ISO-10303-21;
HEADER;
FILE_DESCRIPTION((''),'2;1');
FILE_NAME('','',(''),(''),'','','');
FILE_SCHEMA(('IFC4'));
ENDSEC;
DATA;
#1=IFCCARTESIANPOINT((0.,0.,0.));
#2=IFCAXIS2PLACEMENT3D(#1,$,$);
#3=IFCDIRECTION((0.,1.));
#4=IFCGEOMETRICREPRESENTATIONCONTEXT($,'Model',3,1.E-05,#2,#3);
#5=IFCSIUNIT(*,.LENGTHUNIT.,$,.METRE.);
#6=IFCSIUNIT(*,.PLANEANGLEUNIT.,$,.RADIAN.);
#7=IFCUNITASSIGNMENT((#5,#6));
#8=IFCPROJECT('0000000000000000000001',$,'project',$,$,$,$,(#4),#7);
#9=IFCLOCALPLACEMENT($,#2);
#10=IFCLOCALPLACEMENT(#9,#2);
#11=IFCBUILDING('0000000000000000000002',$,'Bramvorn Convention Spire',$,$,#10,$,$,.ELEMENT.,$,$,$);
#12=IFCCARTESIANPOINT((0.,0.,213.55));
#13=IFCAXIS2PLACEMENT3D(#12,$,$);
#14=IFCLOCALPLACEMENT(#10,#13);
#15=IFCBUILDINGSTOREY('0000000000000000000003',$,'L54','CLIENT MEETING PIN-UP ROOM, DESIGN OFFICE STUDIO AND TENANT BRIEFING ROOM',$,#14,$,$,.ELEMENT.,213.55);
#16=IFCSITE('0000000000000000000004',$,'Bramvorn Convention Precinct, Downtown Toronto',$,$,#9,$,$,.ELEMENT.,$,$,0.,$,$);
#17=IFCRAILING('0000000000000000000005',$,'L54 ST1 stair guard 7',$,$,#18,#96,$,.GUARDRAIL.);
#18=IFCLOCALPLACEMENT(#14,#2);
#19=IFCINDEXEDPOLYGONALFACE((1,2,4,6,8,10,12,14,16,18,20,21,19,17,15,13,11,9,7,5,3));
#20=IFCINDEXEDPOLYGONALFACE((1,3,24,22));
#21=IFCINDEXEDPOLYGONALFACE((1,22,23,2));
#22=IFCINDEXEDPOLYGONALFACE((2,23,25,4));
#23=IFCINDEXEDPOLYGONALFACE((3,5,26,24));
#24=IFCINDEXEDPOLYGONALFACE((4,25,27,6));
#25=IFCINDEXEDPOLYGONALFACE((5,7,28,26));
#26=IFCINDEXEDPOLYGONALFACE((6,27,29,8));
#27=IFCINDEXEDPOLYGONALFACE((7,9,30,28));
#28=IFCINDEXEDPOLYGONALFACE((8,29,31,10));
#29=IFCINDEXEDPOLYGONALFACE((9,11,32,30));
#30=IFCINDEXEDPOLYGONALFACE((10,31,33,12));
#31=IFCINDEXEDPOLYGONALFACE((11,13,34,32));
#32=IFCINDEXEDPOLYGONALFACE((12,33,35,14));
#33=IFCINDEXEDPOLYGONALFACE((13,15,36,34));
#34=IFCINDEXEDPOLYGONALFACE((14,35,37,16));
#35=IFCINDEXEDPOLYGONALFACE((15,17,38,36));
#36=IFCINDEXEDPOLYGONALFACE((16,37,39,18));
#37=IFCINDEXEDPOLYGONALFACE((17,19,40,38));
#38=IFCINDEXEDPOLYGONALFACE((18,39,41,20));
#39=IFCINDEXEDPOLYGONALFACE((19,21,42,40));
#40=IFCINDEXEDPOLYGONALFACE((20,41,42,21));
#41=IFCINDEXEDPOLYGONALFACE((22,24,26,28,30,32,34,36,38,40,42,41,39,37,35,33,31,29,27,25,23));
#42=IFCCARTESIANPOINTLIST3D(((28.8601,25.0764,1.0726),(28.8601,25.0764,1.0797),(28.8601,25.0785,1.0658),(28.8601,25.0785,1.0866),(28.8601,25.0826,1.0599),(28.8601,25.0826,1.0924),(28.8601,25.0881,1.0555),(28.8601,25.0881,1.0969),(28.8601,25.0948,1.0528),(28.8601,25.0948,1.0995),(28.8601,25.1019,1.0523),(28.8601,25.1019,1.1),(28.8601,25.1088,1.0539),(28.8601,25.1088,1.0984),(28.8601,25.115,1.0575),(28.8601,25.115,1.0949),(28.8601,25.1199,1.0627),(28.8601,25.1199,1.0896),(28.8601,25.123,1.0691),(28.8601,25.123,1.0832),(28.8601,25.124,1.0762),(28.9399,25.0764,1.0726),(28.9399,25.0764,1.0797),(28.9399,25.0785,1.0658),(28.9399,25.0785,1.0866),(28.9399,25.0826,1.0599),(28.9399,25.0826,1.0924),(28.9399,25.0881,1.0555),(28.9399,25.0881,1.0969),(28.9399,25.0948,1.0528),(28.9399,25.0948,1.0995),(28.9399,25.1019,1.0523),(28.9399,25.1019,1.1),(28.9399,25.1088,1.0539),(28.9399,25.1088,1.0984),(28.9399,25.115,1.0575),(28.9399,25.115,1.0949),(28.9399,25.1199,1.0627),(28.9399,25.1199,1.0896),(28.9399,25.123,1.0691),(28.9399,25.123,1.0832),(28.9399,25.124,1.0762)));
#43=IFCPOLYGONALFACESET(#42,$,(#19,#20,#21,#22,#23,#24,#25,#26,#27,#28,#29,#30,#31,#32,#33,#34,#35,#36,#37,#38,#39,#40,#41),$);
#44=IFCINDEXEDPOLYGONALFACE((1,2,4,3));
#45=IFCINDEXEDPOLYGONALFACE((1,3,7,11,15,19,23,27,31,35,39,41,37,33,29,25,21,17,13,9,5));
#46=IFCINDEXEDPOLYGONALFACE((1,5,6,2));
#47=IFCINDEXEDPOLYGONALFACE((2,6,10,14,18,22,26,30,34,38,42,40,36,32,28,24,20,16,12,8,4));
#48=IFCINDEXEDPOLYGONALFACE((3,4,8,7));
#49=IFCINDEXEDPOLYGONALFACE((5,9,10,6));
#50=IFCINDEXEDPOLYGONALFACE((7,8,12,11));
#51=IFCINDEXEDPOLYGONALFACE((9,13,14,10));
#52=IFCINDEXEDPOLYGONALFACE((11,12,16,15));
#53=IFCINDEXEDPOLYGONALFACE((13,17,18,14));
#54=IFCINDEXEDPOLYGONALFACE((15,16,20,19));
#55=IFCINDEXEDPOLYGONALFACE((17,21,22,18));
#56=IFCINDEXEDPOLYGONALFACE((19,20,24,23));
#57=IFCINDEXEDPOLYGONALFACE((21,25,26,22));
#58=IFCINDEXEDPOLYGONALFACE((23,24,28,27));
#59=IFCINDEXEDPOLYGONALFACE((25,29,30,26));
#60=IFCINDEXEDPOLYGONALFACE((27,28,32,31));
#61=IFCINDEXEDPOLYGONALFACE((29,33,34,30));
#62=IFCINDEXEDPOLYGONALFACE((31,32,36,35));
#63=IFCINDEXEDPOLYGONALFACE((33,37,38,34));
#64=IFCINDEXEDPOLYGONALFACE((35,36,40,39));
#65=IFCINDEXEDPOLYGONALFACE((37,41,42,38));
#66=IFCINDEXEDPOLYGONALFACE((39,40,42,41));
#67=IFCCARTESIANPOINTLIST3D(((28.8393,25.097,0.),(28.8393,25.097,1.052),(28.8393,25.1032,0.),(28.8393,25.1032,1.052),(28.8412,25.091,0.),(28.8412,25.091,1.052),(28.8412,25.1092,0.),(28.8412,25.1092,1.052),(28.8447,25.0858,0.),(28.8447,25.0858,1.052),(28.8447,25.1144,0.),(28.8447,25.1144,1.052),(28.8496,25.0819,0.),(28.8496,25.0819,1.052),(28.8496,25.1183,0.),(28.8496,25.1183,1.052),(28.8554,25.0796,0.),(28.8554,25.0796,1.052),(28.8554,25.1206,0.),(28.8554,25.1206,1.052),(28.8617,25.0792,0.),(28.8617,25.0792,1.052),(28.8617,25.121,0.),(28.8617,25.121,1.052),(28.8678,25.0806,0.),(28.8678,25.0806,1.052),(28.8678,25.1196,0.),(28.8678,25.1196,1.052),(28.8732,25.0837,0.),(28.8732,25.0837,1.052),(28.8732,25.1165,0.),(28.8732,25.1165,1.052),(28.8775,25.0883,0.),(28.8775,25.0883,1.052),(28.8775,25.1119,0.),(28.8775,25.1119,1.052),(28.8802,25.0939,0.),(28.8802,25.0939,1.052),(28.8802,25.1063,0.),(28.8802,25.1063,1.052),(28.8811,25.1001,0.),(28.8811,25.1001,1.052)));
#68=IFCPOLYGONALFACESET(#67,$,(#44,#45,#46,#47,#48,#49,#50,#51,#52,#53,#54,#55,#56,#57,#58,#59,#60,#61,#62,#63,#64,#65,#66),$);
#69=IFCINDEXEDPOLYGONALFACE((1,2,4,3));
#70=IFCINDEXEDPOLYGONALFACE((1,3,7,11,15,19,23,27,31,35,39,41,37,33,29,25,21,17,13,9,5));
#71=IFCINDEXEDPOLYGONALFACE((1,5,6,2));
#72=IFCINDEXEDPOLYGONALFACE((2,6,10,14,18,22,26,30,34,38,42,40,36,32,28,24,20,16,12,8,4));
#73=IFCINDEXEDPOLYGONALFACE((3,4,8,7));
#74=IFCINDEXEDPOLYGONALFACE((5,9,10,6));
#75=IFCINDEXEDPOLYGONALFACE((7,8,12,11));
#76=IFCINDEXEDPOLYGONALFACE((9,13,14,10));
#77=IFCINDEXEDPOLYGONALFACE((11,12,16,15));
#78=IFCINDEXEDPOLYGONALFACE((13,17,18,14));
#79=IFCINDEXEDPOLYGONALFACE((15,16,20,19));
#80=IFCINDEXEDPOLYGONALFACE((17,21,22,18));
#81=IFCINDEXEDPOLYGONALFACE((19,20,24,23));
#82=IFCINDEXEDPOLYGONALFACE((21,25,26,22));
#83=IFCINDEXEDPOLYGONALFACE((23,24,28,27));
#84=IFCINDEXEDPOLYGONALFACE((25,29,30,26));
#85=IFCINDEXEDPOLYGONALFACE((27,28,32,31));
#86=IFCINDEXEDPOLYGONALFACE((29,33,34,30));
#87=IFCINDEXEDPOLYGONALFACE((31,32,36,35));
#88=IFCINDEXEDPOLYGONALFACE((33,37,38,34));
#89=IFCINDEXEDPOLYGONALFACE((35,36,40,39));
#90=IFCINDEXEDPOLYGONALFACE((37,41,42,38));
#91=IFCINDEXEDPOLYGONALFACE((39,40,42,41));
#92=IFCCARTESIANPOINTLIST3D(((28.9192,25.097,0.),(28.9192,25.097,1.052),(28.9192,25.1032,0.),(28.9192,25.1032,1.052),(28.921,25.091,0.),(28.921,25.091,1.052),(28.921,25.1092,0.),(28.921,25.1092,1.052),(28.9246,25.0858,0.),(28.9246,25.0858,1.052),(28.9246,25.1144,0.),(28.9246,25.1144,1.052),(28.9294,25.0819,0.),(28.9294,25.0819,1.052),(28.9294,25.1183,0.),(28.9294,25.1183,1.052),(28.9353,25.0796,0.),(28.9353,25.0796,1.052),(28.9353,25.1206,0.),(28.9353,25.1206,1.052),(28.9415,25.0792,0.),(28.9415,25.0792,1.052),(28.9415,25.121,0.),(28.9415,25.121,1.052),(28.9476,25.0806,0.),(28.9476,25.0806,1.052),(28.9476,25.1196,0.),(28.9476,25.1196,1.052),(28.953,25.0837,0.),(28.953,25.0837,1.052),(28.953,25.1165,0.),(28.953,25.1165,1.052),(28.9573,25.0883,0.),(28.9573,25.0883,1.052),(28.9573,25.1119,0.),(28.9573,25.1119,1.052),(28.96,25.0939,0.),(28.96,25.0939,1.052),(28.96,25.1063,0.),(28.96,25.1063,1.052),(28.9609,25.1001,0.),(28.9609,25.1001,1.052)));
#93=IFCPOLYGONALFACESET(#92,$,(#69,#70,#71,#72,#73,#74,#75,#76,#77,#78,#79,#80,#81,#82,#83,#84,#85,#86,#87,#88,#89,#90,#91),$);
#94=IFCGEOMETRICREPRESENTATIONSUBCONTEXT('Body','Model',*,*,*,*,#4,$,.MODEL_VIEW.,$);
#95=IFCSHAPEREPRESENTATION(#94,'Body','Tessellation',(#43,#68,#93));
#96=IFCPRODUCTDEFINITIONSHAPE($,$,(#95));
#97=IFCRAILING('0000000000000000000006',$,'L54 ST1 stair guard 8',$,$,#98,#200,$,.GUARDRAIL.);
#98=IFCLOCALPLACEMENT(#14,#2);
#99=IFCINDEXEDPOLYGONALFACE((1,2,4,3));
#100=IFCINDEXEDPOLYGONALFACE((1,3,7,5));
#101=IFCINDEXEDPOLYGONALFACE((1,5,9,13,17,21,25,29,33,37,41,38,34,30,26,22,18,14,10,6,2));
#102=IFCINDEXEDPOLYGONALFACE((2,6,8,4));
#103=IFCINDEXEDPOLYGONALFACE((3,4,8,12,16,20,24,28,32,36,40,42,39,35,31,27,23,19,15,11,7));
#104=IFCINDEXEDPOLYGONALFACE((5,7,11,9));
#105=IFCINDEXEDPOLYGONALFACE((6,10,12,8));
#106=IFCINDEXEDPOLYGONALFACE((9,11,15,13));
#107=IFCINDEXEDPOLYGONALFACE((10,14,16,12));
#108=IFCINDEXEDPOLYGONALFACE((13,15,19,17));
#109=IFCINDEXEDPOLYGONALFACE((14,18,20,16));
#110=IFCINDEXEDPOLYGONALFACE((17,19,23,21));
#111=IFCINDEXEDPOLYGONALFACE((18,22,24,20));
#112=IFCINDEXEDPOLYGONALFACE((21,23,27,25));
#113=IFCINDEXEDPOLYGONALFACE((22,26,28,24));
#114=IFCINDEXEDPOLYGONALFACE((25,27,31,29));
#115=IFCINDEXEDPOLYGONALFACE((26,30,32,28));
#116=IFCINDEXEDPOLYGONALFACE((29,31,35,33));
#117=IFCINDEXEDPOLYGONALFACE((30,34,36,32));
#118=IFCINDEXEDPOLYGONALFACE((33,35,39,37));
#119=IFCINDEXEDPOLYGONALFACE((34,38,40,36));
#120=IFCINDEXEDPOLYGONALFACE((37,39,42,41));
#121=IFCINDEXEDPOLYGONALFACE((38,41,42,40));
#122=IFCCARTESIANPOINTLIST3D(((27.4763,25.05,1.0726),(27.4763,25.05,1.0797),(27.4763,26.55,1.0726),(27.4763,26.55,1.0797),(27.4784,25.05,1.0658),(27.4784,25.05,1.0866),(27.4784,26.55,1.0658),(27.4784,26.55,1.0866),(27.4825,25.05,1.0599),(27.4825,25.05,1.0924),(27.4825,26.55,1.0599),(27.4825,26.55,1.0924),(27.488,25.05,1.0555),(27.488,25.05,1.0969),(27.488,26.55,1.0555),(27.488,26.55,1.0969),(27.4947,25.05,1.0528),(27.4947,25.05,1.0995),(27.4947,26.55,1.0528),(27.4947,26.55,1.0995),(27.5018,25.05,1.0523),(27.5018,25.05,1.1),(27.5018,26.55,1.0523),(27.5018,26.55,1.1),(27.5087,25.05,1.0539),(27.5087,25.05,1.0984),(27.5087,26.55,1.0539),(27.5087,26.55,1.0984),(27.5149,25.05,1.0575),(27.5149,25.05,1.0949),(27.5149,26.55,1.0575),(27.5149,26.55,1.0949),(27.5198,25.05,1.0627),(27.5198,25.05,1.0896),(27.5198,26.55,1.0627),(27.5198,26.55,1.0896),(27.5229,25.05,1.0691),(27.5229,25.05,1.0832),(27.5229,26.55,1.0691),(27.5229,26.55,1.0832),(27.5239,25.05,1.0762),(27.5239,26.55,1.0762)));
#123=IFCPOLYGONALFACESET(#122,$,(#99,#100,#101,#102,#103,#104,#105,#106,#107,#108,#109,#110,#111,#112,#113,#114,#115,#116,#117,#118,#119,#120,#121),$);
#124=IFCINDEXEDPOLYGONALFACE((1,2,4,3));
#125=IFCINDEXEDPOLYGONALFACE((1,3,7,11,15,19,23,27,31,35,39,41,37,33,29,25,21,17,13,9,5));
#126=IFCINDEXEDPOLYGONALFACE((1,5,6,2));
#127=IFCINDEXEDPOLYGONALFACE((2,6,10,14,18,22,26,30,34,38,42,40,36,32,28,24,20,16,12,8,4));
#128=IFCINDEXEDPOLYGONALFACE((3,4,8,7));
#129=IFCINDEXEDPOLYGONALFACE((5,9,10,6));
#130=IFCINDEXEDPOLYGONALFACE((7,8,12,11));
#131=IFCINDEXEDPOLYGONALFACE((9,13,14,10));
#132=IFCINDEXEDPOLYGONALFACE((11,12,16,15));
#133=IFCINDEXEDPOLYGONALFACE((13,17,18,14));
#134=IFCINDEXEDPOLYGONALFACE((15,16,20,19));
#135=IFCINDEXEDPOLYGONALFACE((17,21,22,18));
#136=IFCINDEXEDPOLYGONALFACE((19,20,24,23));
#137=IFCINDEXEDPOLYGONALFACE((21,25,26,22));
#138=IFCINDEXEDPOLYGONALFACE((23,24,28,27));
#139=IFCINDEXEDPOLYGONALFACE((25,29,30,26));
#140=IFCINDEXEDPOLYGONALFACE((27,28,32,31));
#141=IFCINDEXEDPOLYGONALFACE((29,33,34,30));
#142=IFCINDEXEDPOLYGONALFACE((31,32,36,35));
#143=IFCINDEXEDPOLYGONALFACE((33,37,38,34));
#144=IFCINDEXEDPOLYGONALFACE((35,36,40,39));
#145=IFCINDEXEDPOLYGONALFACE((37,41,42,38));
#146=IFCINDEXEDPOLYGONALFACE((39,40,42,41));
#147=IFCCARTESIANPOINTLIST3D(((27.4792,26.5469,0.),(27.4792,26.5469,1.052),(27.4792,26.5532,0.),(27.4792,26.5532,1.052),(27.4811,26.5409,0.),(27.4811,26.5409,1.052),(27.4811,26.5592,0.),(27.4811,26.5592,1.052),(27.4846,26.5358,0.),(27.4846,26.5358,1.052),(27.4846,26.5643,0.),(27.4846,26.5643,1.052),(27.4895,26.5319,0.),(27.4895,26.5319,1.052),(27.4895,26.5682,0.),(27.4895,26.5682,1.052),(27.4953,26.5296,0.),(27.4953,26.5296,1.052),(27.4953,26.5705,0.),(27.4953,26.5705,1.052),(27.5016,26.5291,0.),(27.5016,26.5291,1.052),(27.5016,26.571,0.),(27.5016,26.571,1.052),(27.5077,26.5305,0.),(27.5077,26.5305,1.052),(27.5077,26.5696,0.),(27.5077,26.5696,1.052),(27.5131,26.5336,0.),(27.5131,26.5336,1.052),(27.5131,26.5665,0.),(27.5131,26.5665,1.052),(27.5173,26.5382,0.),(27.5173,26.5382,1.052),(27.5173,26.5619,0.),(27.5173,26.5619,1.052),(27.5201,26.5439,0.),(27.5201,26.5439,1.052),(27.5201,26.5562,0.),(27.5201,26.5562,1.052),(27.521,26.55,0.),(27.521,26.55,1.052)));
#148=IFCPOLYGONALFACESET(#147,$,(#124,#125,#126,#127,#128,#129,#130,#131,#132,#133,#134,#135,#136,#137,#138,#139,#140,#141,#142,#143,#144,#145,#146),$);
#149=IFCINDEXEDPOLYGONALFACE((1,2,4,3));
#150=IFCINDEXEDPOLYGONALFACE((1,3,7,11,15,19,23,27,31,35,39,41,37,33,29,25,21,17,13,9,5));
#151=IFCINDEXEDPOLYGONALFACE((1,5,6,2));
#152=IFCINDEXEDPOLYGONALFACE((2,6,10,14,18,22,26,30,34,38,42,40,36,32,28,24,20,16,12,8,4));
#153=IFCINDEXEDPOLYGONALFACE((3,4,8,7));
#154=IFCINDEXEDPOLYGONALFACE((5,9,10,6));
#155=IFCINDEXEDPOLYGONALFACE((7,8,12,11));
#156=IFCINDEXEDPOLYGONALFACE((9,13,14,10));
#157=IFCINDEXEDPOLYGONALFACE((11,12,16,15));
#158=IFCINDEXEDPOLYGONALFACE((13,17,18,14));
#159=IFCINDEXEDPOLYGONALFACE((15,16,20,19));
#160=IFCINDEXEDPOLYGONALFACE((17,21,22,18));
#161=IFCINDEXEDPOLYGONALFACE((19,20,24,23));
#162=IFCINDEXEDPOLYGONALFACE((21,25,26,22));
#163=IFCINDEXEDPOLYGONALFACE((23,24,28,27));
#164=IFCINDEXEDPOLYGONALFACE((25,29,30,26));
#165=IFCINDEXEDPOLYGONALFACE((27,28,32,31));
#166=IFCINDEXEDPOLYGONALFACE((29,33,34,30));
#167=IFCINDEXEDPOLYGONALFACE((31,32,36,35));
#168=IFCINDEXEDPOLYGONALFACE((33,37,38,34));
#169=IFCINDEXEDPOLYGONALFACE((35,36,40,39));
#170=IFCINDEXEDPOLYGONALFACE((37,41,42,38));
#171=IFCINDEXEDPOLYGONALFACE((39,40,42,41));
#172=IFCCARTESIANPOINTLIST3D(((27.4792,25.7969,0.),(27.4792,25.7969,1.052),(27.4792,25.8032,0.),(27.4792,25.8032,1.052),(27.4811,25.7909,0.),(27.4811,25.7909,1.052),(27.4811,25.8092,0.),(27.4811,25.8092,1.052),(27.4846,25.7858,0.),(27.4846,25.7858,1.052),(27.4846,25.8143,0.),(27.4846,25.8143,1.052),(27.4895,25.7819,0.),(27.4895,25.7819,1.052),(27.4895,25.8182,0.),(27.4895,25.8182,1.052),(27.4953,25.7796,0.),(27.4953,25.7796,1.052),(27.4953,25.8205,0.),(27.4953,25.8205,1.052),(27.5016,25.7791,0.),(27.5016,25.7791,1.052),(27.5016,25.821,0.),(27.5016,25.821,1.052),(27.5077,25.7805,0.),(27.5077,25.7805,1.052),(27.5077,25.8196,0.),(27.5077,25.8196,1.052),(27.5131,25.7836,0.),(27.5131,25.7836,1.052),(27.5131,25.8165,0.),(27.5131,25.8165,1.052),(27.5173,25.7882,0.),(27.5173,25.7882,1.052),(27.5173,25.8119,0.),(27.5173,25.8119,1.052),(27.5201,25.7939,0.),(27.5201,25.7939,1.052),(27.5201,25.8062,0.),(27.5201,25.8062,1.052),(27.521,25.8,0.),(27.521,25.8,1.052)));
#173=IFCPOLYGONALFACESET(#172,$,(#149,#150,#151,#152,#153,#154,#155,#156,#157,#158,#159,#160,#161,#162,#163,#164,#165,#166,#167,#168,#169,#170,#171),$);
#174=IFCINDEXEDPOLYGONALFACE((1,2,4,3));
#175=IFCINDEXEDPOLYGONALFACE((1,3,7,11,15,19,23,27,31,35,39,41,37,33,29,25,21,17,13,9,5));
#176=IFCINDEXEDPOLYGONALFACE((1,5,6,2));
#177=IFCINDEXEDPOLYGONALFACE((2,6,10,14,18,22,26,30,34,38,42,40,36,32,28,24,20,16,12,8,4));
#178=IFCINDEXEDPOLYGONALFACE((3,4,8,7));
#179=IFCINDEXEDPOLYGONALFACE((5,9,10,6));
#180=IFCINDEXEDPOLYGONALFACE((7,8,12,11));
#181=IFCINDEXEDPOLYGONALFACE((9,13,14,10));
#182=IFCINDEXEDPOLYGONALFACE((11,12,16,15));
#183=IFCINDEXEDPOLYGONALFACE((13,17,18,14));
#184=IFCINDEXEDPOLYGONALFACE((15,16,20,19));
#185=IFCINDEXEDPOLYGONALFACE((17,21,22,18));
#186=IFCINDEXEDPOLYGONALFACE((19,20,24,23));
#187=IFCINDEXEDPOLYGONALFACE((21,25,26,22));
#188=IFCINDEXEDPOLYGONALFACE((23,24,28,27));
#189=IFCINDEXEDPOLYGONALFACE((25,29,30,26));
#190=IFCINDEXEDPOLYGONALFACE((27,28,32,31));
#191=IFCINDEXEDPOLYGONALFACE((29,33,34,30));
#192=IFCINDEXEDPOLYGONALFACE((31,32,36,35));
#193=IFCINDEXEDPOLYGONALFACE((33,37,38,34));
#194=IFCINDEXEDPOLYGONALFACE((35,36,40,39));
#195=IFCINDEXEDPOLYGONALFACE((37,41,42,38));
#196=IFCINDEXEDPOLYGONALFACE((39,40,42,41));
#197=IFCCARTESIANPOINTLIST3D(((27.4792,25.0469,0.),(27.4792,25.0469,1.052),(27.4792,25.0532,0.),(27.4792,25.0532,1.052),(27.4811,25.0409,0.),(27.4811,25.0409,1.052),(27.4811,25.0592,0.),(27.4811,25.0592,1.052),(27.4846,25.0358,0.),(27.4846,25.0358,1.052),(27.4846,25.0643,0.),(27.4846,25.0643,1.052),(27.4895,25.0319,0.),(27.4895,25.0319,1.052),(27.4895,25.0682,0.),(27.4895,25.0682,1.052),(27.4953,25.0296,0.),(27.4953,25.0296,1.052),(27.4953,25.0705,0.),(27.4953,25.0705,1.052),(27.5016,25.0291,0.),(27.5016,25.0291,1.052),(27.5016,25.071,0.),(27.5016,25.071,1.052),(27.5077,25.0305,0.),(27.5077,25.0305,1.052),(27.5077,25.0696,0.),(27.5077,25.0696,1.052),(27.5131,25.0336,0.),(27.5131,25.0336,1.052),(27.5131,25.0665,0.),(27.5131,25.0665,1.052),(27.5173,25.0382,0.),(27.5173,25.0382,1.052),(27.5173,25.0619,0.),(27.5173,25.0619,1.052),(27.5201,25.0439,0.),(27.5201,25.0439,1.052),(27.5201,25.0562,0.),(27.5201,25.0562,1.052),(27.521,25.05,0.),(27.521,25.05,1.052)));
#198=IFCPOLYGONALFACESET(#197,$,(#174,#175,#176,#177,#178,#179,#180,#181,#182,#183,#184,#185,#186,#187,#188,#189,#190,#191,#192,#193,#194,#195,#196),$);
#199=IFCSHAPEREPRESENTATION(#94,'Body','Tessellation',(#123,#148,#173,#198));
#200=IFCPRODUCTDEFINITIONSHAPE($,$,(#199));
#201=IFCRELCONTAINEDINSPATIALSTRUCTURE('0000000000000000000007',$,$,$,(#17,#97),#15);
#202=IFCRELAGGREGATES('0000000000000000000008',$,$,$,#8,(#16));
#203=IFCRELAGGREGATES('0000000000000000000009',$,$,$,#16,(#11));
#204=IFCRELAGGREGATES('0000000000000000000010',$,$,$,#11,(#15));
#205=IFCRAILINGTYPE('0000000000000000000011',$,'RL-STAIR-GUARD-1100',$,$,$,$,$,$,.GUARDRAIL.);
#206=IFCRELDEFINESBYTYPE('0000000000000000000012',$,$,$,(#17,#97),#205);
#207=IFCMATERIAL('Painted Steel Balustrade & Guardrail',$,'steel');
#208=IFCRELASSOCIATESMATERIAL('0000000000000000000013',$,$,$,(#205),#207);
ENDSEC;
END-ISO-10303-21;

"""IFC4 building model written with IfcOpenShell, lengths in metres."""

from ifc_helpers import new_model, si_unit, direction, frame, origin, origin_2d, place, context, subcontext, project, spatial, circle, extrude, material, type_object, element, save


model = new_model("IFC4")

# Units and contexts
model_context = context("Model", 3, precision=1e-05, world=origin(), true_north=direction((0.0, 1.0)))
body_context = subcontext(model_context, "Body", "Model", "MODEL_VIEW")
ifc_project = project(units=[si_unit("LENGTHUNIT", "METRE"), si_unit("PLANEANGLEUNIT", "RADIAN")], contexts=[model_context])

# Site, building, storey
site_placement = place(None, origin())
site = spatial("IfcSite", under=ifc_project, at=site_placement, Name="Bramvorn Convention Precinct, Downtown Toronto", CompositionType="ELEMENT", RefElevation=0.0)
building_placement = place(site_placement, origin())
building = spatial("IfcBuilding", under=site, at=building_placement, Name="Bramvorn Convention Spire", CompositionType="ELEMENT")
storey_placement = place(building_placement, frame((0.0, 0.0, 213.55)))
storey = spatial("IfcBuildingStorey", under=building, at=storey_placement, Name="L54", Description="CLIENT MEETING PIN-UP ROOM, DESIGN OFFICE STUDIO AND TENANT BRIEFING ROOM", CompositionType="ELEMENT", Elevation=213.55)

# Railings
ifc_material_1 = material(Name="Painted Steel Balustrade & Guardrail", Category="steel")
railing_type = type_object("IfcRailingType", Name="RL-STAIR-GUARD-1100", PredefinedType="GUARDRAIL", material=ifc_material_1)
railing_1_placement = place(storey_placement, frame((28.8601, 25.1001, 0.0)))
element("IfcRailing", 1, at=railing_1_placement, inside=storey, type_object=railing_type, Name="L54 ST1 stair guard 7", PredefinedType="GUARDRAIL", context=body_context, shape_type="SweptSolid", body=[
    extrude(circle(Radius=0.0239, at=origin_2d()), frame((0.0, 0.0, 1.0762), z_axis=(1.0, 0.0, 0.0), x_axis=(0.0, 1.0, 0.0)), (0.0, 0.0, 1.0), 0.0798),
    extrude(circle(Radius=0.021, at=origin_2d()), origin(), (0.0, 0.0, 1.0), 1.052),
    extrude(circle(Radius=0.021, at=origin_2d()), frame((0.0798, 0.0, 0.0)), (0.0, 0.0, 1.0), 1.052),
])
for number, where, name in (
    (2, (27.5, 26.55, 0.0), "L54 ST1 stair guard 8"),
):
    element("IfcRailing", number, at=place(storey_placement, frame(where)), inside=storey, type_object=railing_type, Name=name, PredefinedType="GUARDRAIL", context=body_context, shape_type="SweptSolid", body=[
        extrude(circle(Radius=0.0239, at=origin_2d()), frame((0.0, 0.0, 1.0762), z_axis=(0.0, -1.0, 0.0), x_axis=(1.0, 0.0, 0.0)), (0.0, 0.0, 1.0), 1.5),
        extrude(circle(Radius=0.021, at=origin_2d()), origin(), (0.0, 0.0, 1.0), 1.052),
        extrude(circle(Radius=0.021, at=origin_2d()), frame((0.0, -0.75, 0.0)), (0.0, 0.0, 1.0), 1.052),
        extrude(circle(Radius=0.021, at=origin_2d()), frame((0.0, -1.5, 0.0)), (0.0, 0.0, 1.0), 1.052),
    ])

save(model, "model.ifc")
